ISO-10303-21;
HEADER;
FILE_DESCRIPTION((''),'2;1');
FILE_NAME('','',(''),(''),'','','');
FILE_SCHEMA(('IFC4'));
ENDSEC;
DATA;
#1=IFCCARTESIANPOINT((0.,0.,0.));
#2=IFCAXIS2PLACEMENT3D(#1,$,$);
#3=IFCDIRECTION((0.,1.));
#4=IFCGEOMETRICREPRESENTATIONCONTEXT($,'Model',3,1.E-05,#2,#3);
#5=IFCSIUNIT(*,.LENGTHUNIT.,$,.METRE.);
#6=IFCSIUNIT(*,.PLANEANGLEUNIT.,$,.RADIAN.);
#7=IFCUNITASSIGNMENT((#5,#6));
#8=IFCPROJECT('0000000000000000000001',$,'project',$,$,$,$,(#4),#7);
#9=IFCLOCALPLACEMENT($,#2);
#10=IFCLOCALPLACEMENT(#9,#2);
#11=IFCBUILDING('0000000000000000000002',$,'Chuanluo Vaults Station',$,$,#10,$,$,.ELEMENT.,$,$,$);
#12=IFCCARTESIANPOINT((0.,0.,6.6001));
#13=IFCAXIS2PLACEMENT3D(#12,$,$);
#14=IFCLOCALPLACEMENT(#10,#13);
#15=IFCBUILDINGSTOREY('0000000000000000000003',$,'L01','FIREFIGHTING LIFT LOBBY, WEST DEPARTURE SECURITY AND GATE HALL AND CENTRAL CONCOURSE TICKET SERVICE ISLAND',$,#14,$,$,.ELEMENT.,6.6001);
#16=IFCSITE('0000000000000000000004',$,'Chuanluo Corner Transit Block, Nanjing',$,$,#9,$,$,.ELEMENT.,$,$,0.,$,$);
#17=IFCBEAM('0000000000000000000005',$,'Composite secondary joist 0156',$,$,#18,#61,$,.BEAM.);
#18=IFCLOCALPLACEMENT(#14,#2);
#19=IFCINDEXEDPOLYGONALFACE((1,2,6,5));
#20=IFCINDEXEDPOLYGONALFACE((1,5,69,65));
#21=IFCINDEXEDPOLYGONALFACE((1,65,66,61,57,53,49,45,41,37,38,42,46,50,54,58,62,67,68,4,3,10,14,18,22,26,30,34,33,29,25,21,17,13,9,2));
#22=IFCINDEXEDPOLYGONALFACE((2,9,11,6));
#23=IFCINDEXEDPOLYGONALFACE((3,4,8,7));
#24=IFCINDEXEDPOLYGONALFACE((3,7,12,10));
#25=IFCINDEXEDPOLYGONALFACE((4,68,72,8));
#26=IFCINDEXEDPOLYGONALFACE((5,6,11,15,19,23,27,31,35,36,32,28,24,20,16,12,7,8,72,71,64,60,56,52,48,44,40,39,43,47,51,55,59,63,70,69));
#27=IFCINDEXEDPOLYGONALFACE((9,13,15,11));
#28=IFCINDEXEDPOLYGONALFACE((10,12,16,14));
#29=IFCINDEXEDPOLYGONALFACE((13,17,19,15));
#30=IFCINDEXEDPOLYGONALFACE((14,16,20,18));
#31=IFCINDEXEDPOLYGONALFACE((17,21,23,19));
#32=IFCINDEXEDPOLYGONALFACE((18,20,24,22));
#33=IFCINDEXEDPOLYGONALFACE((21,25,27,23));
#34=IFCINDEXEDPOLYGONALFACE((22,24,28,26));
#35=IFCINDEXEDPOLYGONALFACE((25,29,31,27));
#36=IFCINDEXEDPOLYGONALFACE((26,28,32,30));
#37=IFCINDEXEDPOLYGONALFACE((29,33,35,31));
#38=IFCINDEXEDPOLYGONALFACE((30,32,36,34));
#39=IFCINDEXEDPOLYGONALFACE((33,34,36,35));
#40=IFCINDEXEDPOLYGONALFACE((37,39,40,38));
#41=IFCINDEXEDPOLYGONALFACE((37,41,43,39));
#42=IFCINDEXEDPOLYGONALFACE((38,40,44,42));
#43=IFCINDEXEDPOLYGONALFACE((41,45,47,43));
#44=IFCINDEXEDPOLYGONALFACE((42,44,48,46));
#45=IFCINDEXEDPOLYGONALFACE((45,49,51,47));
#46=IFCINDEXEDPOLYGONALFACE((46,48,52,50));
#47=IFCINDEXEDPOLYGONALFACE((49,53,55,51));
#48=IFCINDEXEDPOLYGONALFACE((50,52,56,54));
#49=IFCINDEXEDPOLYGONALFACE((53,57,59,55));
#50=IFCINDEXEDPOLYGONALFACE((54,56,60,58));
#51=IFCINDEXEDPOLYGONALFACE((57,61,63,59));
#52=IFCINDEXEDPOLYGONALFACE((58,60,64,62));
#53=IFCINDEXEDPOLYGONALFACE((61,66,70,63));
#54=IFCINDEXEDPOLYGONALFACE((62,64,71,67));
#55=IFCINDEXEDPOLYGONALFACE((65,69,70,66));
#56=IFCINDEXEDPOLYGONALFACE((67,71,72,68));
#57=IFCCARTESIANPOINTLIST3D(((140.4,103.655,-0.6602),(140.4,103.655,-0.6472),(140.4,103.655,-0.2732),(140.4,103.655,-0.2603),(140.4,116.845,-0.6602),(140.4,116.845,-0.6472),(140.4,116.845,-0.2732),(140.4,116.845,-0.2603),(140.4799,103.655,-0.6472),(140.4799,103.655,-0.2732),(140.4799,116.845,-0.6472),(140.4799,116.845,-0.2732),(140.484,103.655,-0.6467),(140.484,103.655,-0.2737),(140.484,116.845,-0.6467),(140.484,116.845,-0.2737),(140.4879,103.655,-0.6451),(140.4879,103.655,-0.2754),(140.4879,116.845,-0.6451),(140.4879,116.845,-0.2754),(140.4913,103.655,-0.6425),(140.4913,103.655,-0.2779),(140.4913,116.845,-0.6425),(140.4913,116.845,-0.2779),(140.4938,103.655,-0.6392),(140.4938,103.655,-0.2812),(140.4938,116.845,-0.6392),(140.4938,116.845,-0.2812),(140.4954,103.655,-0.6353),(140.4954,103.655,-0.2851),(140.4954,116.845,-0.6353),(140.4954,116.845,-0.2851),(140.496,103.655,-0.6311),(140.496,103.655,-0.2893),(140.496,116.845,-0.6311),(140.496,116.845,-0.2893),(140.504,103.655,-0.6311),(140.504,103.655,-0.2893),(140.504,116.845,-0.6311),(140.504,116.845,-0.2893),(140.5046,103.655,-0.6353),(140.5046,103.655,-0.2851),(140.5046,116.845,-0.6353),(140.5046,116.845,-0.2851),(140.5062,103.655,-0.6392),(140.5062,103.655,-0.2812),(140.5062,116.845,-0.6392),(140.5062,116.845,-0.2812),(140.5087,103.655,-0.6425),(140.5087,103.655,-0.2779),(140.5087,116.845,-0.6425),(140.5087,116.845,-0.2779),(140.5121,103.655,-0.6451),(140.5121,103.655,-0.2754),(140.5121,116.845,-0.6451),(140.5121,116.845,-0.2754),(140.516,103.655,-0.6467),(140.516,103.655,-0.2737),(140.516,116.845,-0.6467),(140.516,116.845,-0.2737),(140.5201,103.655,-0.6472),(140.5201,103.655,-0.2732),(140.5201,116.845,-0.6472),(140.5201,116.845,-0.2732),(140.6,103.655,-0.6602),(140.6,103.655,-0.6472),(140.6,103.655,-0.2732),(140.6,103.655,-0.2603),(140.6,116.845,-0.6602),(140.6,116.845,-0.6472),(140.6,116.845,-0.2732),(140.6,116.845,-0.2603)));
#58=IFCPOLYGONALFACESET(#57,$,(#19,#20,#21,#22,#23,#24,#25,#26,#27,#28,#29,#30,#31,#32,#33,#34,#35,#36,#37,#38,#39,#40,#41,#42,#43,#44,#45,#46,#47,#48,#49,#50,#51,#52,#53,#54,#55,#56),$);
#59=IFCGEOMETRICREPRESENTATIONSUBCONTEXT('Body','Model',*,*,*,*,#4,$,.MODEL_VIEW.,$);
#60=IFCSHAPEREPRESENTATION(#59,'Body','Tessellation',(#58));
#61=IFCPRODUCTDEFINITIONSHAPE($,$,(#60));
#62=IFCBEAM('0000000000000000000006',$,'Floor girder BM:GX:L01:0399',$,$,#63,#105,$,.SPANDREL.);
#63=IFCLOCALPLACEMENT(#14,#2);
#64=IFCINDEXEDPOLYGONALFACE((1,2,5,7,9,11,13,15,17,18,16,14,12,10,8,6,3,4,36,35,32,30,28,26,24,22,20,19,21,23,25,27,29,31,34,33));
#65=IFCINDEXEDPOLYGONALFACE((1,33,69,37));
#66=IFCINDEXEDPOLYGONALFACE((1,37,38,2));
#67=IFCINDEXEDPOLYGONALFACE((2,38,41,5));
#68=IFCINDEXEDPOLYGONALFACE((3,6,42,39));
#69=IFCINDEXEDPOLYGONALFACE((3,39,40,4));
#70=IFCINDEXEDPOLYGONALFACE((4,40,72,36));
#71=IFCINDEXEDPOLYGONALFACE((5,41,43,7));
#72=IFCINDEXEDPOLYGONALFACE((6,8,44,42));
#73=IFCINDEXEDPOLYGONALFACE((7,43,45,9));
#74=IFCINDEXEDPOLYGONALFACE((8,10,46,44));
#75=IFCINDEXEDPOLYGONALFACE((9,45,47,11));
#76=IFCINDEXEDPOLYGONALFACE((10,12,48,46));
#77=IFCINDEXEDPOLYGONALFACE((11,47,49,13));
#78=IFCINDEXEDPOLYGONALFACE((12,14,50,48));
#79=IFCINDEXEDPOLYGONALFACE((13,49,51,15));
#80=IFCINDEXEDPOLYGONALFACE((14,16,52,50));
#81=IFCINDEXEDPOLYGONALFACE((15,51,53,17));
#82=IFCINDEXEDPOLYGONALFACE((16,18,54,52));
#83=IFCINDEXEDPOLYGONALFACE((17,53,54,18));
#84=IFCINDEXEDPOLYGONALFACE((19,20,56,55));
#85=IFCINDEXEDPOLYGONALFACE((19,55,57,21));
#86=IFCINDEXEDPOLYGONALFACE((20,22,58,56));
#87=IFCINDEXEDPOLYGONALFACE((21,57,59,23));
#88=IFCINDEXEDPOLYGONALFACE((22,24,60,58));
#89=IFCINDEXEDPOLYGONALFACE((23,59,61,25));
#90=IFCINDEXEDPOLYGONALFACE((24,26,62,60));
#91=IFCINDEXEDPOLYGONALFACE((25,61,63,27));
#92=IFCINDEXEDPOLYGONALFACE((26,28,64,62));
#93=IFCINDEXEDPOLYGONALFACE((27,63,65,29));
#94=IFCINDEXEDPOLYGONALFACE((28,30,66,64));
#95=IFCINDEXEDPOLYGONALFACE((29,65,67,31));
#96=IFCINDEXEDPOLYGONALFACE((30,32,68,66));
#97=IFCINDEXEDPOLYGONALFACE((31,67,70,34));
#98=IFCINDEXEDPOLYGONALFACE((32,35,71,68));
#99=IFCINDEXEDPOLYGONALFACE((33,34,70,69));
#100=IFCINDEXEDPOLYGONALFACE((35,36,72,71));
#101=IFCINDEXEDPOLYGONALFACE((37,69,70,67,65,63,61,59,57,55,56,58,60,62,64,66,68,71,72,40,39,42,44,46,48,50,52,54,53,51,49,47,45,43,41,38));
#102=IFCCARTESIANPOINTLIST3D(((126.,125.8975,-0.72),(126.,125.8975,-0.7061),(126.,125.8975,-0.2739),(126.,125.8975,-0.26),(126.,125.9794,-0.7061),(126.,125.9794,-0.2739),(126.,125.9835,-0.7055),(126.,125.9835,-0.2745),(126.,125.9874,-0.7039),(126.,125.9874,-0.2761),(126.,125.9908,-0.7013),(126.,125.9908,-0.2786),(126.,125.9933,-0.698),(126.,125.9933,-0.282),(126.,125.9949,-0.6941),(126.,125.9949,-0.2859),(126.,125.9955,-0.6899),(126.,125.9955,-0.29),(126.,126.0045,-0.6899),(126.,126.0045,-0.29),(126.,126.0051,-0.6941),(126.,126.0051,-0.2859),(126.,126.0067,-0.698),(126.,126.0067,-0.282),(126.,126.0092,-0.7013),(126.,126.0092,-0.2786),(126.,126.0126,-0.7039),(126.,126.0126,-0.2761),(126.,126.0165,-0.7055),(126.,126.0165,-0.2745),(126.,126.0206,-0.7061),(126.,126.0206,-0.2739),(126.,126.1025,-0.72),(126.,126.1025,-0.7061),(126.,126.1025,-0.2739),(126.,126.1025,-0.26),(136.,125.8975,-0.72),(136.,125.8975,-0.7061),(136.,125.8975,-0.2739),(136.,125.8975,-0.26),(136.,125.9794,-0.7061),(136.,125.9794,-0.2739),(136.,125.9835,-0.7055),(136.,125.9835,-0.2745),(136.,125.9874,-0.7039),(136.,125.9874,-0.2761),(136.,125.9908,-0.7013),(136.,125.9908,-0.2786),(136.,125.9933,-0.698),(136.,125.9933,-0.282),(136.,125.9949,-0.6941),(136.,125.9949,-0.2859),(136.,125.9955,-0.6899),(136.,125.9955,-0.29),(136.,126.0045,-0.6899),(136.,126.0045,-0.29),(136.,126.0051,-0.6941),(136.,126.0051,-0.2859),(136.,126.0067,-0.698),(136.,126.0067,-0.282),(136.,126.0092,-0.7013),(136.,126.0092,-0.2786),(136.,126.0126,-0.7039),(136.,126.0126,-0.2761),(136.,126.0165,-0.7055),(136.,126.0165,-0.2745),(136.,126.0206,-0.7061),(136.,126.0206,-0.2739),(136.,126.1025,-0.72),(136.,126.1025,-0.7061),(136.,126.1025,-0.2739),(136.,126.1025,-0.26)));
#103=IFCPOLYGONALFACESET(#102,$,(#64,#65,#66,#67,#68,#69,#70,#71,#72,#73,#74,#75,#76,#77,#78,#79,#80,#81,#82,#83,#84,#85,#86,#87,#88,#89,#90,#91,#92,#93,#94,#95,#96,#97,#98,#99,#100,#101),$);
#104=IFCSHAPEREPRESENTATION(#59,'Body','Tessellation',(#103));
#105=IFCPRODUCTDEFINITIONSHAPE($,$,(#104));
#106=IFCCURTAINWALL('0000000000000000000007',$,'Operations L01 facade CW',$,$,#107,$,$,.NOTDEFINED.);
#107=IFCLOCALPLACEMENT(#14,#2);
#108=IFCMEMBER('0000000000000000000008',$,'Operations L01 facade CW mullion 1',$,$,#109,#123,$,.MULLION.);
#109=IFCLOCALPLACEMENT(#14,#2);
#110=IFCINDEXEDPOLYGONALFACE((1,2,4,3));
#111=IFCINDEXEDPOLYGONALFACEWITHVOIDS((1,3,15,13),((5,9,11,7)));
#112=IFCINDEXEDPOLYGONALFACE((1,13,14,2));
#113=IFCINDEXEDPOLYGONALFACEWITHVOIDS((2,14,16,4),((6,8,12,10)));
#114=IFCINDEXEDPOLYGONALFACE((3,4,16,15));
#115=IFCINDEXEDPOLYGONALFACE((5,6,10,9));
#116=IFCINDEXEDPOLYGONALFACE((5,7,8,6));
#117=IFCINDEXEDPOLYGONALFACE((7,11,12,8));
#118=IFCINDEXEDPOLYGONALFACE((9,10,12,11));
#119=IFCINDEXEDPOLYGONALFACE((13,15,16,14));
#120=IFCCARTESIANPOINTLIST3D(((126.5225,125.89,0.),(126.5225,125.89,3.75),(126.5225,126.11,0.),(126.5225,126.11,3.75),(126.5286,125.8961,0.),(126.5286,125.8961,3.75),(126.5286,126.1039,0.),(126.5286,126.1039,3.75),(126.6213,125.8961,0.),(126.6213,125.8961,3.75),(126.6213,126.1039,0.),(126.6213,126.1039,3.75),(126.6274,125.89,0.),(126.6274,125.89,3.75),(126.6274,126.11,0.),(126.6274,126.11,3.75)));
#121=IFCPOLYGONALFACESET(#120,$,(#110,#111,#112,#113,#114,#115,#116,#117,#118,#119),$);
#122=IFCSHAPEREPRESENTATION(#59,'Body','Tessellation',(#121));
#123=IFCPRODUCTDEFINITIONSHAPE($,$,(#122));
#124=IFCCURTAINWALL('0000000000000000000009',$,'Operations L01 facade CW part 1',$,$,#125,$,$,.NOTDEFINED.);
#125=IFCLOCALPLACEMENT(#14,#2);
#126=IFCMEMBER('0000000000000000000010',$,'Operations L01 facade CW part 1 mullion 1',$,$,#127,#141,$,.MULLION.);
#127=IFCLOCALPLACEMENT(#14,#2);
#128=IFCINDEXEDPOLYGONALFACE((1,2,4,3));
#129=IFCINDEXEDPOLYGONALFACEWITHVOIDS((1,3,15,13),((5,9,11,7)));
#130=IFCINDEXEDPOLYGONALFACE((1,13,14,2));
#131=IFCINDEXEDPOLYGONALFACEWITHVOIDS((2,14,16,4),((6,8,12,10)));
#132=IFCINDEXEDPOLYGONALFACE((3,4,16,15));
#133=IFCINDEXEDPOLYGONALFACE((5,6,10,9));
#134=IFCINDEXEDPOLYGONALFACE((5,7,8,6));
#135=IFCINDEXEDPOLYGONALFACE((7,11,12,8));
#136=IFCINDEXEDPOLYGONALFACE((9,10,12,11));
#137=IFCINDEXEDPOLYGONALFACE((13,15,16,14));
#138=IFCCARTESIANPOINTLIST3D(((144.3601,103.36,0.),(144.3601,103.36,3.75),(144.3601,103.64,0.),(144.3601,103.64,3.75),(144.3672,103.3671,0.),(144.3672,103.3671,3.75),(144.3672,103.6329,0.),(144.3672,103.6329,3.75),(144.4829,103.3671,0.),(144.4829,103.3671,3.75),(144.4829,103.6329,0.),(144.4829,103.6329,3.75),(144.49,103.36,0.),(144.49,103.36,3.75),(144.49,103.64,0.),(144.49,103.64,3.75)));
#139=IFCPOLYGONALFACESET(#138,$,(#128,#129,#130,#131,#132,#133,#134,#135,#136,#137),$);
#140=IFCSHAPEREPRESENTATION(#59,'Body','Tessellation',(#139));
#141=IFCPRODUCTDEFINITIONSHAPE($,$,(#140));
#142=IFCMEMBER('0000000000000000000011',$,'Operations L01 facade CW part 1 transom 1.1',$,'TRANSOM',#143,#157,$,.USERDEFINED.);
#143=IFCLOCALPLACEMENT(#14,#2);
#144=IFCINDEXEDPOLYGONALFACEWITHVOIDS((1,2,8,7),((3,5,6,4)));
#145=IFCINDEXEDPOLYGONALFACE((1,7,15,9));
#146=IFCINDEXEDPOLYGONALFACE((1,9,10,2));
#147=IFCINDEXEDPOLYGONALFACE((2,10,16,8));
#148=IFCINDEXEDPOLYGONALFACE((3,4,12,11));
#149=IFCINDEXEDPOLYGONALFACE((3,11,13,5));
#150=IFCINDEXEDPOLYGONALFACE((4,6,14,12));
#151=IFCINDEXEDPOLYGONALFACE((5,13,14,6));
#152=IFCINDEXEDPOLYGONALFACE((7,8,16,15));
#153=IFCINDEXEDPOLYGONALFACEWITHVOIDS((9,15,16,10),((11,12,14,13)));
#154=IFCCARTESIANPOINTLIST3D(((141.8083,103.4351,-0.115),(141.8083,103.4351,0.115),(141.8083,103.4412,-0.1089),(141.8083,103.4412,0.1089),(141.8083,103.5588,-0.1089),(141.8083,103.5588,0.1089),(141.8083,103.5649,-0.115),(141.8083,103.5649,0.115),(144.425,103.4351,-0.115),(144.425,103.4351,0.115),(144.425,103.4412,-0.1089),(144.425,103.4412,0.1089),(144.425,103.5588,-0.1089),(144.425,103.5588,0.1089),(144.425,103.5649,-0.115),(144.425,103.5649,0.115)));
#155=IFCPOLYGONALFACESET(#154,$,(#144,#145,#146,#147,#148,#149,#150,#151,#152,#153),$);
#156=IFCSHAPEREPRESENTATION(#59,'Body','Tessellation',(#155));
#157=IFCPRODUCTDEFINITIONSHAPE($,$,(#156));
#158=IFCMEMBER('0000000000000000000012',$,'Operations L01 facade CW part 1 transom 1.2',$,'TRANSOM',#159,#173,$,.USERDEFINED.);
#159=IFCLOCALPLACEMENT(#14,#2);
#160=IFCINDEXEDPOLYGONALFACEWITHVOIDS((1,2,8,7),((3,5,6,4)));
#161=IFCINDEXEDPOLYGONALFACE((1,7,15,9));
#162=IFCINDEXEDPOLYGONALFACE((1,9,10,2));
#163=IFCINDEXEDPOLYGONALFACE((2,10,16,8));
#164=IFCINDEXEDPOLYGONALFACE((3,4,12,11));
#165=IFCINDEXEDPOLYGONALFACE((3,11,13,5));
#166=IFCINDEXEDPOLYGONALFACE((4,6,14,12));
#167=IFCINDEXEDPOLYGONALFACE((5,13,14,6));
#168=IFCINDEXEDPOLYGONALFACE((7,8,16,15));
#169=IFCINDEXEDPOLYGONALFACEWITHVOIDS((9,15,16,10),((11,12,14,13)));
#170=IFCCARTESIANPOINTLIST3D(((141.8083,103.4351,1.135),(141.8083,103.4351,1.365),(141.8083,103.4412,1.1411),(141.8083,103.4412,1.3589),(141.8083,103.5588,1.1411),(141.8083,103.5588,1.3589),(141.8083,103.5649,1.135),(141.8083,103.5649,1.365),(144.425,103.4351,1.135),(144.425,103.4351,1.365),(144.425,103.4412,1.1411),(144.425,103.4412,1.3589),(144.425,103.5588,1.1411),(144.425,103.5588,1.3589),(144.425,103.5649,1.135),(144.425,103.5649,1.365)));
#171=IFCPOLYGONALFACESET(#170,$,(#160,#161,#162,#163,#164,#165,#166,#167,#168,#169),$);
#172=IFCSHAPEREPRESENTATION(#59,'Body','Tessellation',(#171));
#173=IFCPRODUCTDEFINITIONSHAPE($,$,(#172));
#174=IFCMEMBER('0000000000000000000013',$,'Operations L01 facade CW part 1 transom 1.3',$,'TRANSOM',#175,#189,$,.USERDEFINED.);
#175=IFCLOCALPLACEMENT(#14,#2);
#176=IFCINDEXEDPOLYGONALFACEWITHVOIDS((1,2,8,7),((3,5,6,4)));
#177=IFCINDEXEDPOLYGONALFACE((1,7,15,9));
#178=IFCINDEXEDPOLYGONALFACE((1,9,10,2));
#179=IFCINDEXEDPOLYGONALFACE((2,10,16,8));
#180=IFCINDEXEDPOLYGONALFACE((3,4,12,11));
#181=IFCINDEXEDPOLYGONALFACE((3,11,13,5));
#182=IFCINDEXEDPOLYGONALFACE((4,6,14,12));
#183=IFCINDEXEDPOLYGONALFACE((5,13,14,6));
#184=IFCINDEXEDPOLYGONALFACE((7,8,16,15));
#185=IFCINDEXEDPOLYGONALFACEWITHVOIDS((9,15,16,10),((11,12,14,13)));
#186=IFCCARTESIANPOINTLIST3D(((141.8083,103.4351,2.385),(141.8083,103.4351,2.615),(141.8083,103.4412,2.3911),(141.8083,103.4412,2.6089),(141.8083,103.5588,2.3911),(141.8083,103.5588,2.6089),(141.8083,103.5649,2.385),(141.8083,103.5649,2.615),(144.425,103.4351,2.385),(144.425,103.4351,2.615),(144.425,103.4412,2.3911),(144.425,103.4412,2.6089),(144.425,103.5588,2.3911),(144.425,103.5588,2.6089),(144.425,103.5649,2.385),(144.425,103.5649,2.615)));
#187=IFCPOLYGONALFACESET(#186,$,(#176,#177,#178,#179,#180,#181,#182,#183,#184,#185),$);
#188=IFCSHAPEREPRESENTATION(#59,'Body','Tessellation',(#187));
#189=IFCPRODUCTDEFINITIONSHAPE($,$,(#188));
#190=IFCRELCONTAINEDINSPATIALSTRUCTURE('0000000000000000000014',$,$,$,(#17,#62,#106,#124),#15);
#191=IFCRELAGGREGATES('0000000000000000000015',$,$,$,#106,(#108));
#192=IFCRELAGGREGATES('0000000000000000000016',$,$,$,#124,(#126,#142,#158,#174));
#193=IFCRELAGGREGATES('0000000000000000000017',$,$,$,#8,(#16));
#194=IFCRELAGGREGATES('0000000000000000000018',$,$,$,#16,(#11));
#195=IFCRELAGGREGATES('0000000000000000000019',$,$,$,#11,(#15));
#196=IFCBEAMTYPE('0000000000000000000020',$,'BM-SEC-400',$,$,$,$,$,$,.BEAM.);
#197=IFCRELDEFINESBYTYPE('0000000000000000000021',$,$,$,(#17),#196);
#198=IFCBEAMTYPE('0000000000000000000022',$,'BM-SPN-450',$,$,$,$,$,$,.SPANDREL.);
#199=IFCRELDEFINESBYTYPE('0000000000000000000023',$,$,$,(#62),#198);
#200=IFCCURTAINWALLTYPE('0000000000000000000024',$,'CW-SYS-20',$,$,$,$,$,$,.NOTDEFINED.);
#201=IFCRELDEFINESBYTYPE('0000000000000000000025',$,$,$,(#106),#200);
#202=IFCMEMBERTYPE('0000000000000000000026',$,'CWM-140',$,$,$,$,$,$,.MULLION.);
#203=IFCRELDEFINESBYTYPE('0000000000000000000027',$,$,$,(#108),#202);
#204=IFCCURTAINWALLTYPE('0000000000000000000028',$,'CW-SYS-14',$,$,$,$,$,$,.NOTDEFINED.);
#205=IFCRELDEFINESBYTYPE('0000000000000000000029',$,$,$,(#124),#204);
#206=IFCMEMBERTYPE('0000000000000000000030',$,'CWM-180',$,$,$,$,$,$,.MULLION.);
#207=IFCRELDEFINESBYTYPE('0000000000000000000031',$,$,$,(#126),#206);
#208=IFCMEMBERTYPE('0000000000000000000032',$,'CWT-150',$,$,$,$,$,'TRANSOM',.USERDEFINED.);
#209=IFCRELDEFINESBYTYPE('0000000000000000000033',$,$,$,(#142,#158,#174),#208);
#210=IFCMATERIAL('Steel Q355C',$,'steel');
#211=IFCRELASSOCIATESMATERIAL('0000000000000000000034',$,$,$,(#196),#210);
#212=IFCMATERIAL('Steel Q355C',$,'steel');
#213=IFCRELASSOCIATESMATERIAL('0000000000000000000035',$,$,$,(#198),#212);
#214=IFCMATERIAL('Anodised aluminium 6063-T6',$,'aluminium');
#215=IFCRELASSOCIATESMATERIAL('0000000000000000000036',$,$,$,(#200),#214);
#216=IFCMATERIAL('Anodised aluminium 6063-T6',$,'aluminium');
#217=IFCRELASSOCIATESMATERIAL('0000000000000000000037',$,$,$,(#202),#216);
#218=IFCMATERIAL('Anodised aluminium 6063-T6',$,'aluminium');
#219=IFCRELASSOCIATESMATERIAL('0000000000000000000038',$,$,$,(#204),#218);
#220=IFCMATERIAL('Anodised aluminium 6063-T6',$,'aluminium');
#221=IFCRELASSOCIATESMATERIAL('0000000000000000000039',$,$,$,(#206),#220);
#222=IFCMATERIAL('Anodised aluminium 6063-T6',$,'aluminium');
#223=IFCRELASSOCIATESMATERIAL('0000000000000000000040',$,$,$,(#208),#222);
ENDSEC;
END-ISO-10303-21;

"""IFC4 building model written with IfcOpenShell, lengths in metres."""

from ifc_helpers import new_model, si_unit, direction, frame, origin, origin_2d, place, context, subcontext, project, spatial, hollow_rectangle, i_section, extrude, material, material_profile, profile_set, type_object, element, aggregate, save


model = new_model("IFC4")

# Units and contexts
model_context = context("Model", 3, precision=1e-05, world=origin(), true_north=direction((0.0, 1.0)))
body_context = subcontext(model_context, "Body", "Model", "MODEL_VIEW")
ifc_project = project(units=[si_unit("LENGTHUNIT", "METRE"), si_unit("PLANEANGLEUNIT", "RADIAN")], contexts=[model_context])

# Site, building, storey
site_placement = place(None, origin())
site = spatial("IfcSite", under=ifc_project, at=site_placement, Name="Chuanluo Corner Transit Block, Nanjing", CompositionType="ELEMENT", RefElevation=0.0)
building_placement = place(site_placement, origin())
building = spatial("IfcBuilding", under=site, at=building_placement, Name="Chuanluo Vaults Station", CompositionType="ELEMENT")
storey_placement = place(building_placement, frame((0.0, 0.0, 6.6001)))
storey = spatial("IfcBuildingStorey", under=building, at=storey_placement, Name="L01", Description="FIREFIGHTING LIFT LOBBY, WEST DEPARTURE SECURITY AND GATE HALL AND CENTRAL CONCOURSE TICKET SERVICE ISLAND", CompositionType="ELEMENT", Elevation=6.6001)

# Beams
ifc_material_1 = material(Name="Steel Q355C", Category="steel")
ifc_material_profile_1 = material_profile(ifc_material_1, i_section(OverallWidth=0.2, OverallDepth=0.3999, WebThickness=0.0081, FlangeThickness=0.0129, FilletRadius=0.0161, at=origin_2d()))
ifc_profile_set_1 = profile_set([ifc_material_profile_1], Name="Steel Q355C")
beam_type_1 = type_object("IfcBeamType", Name="BM-SEC-400", PredefinedType="BEAM", material=ifc_profile_set_1)
for number, where, z_axis, x_axis, name in (
    (1, (140.5, 103.655, -0.4602), (0.0, 1.0, 0.0), (-1.0, 0.0, 0.0), "Composite secondary joist 0156"),
):
    element("IfcBeam", number, at=place(storey_placement, frame(where, z_axis=z_axis, x_axis=x_axis)), inside=storey, type_object=beam_type_1, Name=name, PredefinedType="BEAM", context=body_context, shape_type="SweptSolid", body=[
        extrude(i_section(OverallWidth=0.2, OverallDepth=0.3999, WebThickness=0.0081, FlangeThickness=0.0129, FilletRadius=0.0161, at=origin_2d()), origin(), (0.0, 0.0, 1.0), 13.1899),
    ])
ifc_material_2 = material(Name="Steel Q355C", Category="steel")
ifc_material_profile_2 = material_profile(ifc_material_2, i_section(OverallWidth=0.2051, OverallDepth=0.46, WebThickness=0.009, FlangeThickness=0.0139, FilletRadius=0.0161, at=origin_2d()))
ifc_profile_set_2 = profile_set([ifc_material_profile_2], Name="Steel Q355C")
beam_type_2 = type_object("IfcBeamType", Name="BM-SPN-450", PredefinedType="SPANDREL", material=ifc_profile_set_2)
beam_1_placement = place(storey_placement, frame((126.0, 126.0, -0.49), z_axis=(1.0, 0.0, 0.0), x_axis=(0.0, 1.0, 0.0)))
element("IfcBeam", 2, at=beam_1_placement, inside=storey, type_object=beam_type_2, Name="Floor girder BM:GX:L01:0399", PredefinedType="SPANDREL", context=body_context, shape_type="SweptSolid", body=[
    extrude(i_section(OverallWidth=0.2051, OverallDepth=0.46, WebThickness=0.009, FlangeThickness=0.0139, FilletRadius=0.0161, at=origin_2d()), origin(), (0.0, 0.0, 1.0), 10.0),
])

# Curtain wall, member
ifc_material_3 = material(Name="Anodised aluminium 6063-T6", Category="aluminium")
curtain_wall_type_1 = type_object("IfcCurtainWallType", Name="CW-SYS-20", PredefinedType="NOTDEFINED", material=ifc_material_3)
curtain_wall_1_placement = place(storey_placement, origin())
curtain_wall_1 = element("IfcCurtainWall", 3, at=curtain_wall_1_placement, inside=storey, type_object=curtain_wall_type_1, Name="Operations L01 facade CW", PredefinedType="NOTDEFINED")
ifc_material_4 = material(Name="Anodised aluminium 6063-T6", Category="aluminium")
ifc_material_profile_3 = material_profile(ifc_material_4, hollow_rectangle(XDim=0.105, YDim=0.22, WallThickness=0.0061, at=origin_2d()))
ifc_profile_set_3 = profile_set([ifc_material_profile_3], Name="Anodised aluminium 6063-T6")
member_type_1 = type_object("IfcMemberType", Name="CWM-140", PredefinedType="MULLION", material=ifc_profile_set_3)
member_1_placement = place(storey_placement, frame((126.575, 126.0, 0.0), z_axis=(0.0, 0.0, 1.0), x_axis=(1.0, 0.0, 0.0)))
member_1 = element("IfcMember", 4, at=member_1_placement, type_object=member_type_1, Name="Operations L01 facade CW mullion 1", PredefinedType="MULLION", context=body_context, shape_type="SweptSolid", body=[
    extrude(hollow_rectangle(XDim=0.105, YDim=0.22, WallThickness=0.0061, at=origin_2d()), origin(), (0.0, 0.0, 1.0), 3.75),
])
aggregate(curtain_wall_1, [member_1])

# Curtain wall, members
ifc_material_5 = material(Name="Anodised aluminium 6063-T6", Category="aluminium")
curtain_wall_type_2 = type_object("IfcCurtainWallType", Name="CW-SYS-14", PredefinedType="NOTDEFINED", material=ifc_material_5)
curtain_wall_2_placement = place(storey_placement, origin())
curtain_wall_2 = element("IfcCurtainWall", 5, at=curtain_wall_2_placement, inside=storey, type_object=curtain_wall_type_2, Name="Operations L01 facade CW part 1", PredefinedType="NOTDEFINED")
ifc_material_6 = material(Name="Anodised aluminium 6063-T6", Category="aluminium")
ifc_material_profile_4 = material_profile(ifc_material_6, hollow_rectangle(XDim=0.1299, YDim=0.28, WallThickness=0.0071, at=origin_2d()))
ifc_profile_set_4 = profile_set([ifc_material_profile_4], Name="Anodised aluminium 6063-T6")
member_type_2 = type_object("IfcMemberType", Name="CWM-180", PredefinedType="MULLION", material=ifc_profile_set_4)
member_2_placement = place(storey_placement, frame((144.425, 103.5, 0.0), z_axis=(0.0, 0.0, 1.0), x_axis=(-1.0, 0.0, 0.0)))
member_2 = element("IfcMember", 6, at=member_2_placement, type_object=member_type_2, Name="Operations L01 facade CW part 1 mullion 1", PredefinedType="MULLION", context=body_context, shape_type="SweptSolid", body=[
    extrude(hollow_rectangle(XDim=0.1299, YDim=0.28, WallThickness=0.0071, at=origin_2d()), origin(), (0.0, 0.0, 1.0), 3.75),
])
ifc_material_7 = material(Name="Anodised aluminium 6063-T6", Category="aluminium")
ifc_material_profile_5 = material_profile(ifc_material_7, hollow_rectangle(XDim=0.1299, YDim=0.23, WallThickness=0.0061, at=origin_2d()))
ifc_profile_set_5 = profile_set([ifc_material_profile_5], Name="Anodised aluminium 6063-T6")
member_type_3 = type_object("IfcMemberType", Name="CWT-150", ElementType="TRANSOM", PredefinedType="USERDEFINED", material=ifc_profile_set_5)
member_3_placement = place(storey_placement, frame((144.425, 103.5, 0.0), z_axis=(-1.0, 0.0, 0.0), x_axis=(0.0, -1.0, 0.0)))
member_3 = element("IfcMember", 7, at=member_3_placement, type_object=member_type_3, Name="Operations L01 facade CW part 1 transom 1.1", ObjectType="TRANSOM", PredefinedType="USERDEFINED", context=body_context, shape_type="SweptSolid", body=[
    extrude(hollow_rectangle(XDim=0.1299, YDim=0.23, WallThickness=0.0061, at=origin_2d()), origin(), (0.0, 0.0, 1.0), 2.6167),
])
member_4_placement = place(storey_placement, frame((144.425, 103.5, 1.25), z_axis=(-1.0, 0.0, 0.0), x_axis=(0.0, -1.0, 0.0)))
member_4 = element("IfcMember", 8, at=member_4_placement, type_object=member_type_3, Name="Operations L01 facade CW part 1 transom 1.2", ObjectType="TRANSOM", PredefinedType="USERDEFINED", context=body_context, shape_type="SweptSolid", body=[
    extrude(hollow_rectangle(XDim=0.1299, YDim=0.23, WallThickness=0.0061, at=origin_2d()), origin(), (0.0, 0.0, 1.0), 2.6167),
])
member_5_placement = place(storey_placement, frame((144.425, 103.5, 2.5), z_axis=(-1.0, 0.0, 0.0), x_axis=(0.0, -1.0, 0.0)))
member_5 = element("IfcMember", 9, at=member_5_placement, type_object=member_type_3, Name="Operations L01 facade CW part 1 transom 1.3", ObjectType="TRANSOM", PredefinedType="USERDEFINED", context=body_context, shape_type="SweptSolid", body=[
    extrude(hollow_rectangle(XDim=0.1299, YDim=0.23, WallThickness=0.0061, at=origin_2d()), origin(), (0.0, 0.0, 1.0), 2.6167),
])
aggregate(curtain_wall_2, [member_2, member_3, member_4, member_5])

save(model, "model.ifc")
